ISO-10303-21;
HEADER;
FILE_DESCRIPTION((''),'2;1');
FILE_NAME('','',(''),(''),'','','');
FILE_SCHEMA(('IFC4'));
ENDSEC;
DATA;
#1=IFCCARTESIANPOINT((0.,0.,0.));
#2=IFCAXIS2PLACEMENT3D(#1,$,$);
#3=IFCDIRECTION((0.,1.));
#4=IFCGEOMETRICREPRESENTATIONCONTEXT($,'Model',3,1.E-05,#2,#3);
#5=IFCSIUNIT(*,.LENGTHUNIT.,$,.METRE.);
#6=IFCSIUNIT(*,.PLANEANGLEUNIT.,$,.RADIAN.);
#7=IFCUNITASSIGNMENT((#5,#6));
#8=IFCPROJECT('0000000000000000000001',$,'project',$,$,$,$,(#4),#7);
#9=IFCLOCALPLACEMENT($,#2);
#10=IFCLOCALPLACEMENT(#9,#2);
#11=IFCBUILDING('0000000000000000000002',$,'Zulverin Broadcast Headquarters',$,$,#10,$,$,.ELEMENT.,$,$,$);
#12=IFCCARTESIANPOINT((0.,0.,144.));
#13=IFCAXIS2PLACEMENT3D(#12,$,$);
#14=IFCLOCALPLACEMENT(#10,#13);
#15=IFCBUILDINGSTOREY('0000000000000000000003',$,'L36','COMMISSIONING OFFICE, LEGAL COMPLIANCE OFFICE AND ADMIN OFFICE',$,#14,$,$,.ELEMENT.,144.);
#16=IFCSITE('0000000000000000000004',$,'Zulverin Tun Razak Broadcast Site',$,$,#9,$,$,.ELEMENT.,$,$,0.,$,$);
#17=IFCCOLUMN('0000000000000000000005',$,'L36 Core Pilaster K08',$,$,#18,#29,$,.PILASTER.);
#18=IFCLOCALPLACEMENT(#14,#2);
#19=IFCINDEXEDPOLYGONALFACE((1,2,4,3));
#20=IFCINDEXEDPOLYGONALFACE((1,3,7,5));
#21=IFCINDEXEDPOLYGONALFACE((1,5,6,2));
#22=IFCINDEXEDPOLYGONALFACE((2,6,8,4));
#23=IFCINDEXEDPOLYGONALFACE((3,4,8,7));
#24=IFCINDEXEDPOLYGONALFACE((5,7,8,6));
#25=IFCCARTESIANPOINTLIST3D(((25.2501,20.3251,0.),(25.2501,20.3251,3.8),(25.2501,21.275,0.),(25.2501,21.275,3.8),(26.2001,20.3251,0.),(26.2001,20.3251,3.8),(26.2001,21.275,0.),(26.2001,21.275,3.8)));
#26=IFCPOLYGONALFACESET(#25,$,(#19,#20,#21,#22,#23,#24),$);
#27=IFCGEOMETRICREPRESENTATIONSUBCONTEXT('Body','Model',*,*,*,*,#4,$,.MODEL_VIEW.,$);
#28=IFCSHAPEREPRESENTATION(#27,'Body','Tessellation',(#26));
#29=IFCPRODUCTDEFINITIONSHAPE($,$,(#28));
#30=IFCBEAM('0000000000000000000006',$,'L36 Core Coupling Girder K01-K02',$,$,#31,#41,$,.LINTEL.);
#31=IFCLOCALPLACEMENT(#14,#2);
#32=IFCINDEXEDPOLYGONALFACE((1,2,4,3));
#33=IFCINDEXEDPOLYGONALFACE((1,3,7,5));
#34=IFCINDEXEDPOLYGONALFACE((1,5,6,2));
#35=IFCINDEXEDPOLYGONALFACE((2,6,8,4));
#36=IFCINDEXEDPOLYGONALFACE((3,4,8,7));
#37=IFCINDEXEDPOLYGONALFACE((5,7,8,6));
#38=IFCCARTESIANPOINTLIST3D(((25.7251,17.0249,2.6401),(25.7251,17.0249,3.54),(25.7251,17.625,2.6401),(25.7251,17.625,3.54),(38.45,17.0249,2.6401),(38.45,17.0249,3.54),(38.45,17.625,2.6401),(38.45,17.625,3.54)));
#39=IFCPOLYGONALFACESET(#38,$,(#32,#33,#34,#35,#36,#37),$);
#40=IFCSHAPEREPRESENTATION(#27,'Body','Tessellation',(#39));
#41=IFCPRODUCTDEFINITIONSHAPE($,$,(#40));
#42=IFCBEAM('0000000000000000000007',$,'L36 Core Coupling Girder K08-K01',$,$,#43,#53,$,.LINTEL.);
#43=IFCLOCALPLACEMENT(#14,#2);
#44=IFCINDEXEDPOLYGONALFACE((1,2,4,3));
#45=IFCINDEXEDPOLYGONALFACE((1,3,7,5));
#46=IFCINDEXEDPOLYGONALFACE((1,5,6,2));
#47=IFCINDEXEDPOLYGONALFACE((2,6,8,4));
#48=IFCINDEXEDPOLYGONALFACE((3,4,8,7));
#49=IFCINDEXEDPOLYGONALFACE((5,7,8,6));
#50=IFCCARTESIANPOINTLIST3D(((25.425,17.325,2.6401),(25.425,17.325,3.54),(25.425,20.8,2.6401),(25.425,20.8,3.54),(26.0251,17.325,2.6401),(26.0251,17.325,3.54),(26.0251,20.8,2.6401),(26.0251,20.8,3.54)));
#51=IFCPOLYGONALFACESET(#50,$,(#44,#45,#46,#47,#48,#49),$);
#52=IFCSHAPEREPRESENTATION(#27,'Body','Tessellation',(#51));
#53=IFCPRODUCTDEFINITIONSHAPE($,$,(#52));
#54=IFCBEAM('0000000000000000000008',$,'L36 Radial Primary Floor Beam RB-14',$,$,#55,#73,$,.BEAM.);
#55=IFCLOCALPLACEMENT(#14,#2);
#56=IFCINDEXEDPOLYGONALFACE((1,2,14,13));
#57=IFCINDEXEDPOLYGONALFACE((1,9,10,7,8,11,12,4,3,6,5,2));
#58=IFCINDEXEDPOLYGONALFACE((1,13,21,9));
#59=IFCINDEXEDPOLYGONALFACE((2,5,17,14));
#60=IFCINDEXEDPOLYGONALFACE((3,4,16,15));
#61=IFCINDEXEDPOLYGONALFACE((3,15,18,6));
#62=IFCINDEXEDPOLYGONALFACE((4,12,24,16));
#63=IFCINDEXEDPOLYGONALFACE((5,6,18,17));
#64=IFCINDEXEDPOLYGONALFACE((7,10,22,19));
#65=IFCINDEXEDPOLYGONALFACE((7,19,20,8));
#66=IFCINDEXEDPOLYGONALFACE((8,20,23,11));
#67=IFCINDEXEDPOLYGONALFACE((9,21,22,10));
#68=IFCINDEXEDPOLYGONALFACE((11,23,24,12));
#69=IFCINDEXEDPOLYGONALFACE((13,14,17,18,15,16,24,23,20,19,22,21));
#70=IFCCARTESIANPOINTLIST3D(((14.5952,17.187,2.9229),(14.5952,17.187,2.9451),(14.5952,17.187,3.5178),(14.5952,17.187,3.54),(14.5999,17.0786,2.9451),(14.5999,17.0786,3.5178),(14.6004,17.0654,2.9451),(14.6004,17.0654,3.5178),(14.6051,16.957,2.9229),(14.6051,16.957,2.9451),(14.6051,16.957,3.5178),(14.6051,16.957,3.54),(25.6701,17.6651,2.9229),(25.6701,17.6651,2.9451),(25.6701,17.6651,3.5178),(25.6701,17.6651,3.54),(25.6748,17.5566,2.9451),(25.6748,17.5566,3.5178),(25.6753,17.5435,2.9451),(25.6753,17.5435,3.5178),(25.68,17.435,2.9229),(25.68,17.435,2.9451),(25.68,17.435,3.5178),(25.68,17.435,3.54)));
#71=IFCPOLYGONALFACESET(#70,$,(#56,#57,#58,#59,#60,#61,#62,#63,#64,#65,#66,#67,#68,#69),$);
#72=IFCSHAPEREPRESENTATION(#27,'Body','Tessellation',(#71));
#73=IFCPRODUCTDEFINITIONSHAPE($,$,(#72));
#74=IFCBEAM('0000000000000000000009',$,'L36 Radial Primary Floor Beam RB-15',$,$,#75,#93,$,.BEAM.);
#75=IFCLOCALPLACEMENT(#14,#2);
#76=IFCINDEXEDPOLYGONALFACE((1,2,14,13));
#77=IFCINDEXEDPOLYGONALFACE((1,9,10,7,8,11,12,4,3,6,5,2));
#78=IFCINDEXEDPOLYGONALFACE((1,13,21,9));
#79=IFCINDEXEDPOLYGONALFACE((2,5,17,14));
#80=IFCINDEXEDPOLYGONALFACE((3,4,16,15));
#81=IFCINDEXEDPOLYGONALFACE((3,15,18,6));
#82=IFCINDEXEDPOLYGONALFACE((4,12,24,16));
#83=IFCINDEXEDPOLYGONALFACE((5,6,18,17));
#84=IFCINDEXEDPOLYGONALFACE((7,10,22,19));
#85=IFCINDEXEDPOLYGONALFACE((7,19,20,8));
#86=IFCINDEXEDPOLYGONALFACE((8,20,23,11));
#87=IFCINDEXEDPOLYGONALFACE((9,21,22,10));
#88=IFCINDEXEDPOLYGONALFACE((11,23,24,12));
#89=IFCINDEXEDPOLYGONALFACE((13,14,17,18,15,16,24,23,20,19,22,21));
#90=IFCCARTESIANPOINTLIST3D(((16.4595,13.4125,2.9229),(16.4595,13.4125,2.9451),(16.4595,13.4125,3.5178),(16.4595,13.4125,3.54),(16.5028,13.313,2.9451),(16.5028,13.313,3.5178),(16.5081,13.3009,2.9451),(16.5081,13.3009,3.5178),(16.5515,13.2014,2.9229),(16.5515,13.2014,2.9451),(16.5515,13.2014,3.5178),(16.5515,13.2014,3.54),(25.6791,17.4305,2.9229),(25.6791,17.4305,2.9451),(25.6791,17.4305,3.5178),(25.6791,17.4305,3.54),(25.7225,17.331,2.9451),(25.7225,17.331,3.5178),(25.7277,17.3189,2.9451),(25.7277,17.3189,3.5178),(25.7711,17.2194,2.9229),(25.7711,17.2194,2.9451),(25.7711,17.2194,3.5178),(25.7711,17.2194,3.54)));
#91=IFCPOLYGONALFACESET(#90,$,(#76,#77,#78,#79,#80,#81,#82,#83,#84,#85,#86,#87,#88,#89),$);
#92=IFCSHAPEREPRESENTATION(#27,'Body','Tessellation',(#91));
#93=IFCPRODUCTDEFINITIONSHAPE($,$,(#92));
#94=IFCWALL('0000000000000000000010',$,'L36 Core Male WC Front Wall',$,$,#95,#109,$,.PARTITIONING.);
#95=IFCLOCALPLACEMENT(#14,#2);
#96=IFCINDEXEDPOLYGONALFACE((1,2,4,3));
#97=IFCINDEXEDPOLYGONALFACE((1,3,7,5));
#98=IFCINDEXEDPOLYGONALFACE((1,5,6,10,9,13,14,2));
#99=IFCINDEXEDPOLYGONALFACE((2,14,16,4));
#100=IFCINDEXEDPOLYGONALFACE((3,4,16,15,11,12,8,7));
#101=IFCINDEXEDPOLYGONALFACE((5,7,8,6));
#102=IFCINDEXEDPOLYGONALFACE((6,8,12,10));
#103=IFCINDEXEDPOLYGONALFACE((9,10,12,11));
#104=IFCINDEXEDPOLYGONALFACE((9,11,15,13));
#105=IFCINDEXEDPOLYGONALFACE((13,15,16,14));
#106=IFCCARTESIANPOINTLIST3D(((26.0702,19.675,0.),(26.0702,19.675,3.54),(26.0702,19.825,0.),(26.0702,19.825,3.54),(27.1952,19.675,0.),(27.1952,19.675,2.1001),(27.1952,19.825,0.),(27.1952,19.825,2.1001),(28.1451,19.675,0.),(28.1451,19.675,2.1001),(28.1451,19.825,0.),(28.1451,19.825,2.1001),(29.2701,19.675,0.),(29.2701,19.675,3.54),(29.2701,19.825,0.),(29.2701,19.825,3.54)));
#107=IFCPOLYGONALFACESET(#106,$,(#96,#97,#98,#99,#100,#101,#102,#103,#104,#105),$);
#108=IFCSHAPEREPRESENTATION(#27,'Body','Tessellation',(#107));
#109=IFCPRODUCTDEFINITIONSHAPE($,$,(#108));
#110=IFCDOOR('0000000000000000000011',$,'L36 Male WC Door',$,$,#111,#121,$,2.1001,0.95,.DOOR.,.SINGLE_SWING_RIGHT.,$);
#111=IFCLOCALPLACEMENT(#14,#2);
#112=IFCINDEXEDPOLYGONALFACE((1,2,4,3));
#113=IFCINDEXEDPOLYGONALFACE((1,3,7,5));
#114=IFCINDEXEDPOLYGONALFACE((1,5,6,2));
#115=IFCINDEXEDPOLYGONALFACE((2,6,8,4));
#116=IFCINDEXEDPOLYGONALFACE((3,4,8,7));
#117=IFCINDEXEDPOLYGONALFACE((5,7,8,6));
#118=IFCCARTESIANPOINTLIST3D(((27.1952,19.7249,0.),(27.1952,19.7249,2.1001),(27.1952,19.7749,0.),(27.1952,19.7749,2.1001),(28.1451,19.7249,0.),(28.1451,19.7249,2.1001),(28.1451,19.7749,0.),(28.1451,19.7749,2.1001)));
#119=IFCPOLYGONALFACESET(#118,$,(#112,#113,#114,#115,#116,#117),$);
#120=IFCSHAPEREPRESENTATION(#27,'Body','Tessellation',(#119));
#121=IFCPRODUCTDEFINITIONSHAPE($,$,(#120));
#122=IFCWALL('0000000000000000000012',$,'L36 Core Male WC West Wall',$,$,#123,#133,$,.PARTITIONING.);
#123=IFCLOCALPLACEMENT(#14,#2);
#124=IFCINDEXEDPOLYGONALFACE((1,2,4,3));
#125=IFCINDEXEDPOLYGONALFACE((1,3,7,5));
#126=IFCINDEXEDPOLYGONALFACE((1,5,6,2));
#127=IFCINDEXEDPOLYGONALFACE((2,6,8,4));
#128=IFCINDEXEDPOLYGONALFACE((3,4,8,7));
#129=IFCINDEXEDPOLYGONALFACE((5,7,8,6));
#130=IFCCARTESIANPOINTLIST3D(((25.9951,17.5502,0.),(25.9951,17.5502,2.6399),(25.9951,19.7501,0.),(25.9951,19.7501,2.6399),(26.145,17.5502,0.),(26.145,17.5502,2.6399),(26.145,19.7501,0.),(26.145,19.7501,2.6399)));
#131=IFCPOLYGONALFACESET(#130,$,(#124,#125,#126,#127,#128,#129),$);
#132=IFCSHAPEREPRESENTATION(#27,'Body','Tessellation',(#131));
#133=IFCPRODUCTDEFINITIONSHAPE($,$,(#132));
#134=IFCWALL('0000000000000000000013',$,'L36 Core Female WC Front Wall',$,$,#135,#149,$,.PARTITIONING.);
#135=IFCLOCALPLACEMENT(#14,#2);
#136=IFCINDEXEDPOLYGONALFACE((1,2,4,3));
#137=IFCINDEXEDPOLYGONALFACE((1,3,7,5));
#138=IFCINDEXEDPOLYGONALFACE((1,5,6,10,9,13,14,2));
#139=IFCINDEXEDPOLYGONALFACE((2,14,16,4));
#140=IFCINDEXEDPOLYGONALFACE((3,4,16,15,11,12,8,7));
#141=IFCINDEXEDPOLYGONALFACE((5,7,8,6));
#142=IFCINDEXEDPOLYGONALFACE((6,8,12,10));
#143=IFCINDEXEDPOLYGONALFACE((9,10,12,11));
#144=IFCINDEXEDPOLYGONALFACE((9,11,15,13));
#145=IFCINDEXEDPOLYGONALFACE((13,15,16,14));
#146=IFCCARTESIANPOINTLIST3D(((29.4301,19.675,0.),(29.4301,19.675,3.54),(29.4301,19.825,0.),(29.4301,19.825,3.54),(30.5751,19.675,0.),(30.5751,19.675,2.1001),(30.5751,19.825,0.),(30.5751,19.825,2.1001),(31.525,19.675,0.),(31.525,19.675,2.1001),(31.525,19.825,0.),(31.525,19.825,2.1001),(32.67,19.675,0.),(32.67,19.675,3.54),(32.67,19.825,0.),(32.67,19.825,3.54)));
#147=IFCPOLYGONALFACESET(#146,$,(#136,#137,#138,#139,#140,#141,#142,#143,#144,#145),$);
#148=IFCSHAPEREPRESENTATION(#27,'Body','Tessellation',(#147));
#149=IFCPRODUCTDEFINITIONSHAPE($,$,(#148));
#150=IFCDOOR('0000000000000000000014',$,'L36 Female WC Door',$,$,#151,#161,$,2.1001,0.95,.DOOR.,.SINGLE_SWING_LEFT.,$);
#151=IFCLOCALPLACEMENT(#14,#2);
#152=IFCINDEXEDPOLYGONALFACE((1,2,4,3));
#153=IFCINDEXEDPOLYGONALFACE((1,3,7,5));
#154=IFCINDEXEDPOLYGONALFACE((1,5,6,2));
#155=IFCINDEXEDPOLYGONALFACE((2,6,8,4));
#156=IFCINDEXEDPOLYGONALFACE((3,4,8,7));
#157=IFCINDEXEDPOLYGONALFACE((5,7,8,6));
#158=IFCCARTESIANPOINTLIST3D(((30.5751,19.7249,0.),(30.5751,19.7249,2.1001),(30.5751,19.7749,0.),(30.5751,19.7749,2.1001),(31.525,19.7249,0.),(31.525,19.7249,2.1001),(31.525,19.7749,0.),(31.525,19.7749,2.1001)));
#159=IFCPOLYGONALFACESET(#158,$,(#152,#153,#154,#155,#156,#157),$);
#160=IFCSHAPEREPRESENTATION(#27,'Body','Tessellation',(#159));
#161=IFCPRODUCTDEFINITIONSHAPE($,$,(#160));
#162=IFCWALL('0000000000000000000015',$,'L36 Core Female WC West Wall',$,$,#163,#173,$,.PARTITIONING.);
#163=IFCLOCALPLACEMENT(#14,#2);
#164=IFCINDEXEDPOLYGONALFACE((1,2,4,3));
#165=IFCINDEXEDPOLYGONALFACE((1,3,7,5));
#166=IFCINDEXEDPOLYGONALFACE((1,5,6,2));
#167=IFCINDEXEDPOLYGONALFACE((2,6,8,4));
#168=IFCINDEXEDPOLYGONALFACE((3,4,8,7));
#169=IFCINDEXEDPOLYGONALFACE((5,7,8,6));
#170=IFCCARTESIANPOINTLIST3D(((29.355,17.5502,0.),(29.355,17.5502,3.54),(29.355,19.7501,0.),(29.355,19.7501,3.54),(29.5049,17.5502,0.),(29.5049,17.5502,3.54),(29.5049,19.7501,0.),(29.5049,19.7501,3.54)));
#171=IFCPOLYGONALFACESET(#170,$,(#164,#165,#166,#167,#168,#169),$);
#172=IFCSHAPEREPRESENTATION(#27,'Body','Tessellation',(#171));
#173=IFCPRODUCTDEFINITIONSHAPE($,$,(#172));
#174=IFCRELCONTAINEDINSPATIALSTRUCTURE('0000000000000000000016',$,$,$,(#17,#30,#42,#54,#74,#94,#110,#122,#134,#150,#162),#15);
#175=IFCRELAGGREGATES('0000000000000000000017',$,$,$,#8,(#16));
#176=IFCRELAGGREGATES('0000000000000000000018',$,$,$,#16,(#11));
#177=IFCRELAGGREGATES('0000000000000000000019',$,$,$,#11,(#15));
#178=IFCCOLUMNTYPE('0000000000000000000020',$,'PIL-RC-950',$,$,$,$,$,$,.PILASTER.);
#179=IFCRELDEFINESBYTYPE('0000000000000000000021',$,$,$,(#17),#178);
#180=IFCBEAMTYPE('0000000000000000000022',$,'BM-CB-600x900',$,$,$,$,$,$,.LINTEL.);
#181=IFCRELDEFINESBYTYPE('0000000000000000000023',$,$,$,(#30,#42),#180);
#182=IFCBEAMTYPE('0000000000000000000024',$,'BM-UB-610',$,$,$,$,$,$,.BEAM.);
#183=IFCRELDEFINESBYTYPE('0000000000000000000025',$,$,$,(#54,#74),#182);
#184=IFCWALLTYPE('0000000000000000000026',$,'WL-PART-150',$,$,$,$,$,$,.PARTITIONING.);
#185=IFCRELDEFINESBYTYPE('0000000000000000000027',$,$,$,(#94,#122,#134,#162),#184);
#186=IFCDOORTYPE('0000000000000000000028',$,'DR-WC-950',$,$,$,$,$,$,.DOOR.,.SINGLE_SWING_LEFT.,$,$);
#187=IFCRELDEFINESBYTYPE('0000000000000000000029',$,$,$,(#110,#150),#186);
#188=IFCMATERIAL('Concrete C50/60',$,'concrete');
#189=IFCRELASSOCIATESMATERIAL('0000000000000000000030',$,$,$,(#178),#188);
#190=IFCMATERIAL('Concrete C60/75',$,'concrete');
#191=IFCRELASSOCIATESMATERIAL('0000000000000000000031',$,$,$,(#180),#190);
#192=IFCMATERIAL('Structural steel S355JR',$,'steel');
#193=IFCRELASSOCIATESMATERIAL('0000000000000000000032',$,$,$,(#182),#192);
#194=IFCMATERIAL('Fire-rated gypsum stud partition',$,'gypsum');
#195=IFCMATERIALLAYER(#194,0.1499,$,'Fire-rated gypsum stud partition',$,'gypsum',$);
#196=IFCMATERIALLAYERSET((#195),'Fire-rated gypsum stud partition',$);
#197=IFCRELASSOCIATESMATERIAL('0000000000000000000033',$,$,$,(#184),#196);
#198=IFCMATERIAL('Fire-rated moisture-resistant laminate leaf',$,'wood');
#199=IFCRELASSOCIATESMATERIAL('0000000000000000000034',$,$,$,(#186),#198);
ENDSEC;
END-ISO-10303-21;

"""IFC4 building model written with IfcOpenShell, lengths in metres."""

from ifc_helpers import new_model, si_unit, direction, frame, frame_2d, origin, origin_2d, place, context, subcontext, project, spatial, rectangle, i_section, extrude, material, layer, layer_set, material_profile, profile_set, type_object, element, fill, save


model = new_model("IFC4")

# Units and contexts
model_context = context("Model", 3, precision=1e-05, world=origin(), true_north=direction((0.0, 1.0)))
body_context = subcontext(model_context, "Body", "Model", "MODEL_VIEW")
ifc_project = project(units=[si_unit("LENGTHUNIT", "METRE"), si_unit("PLANEANGLEUNIT", "RADIAN")], contexts=[model_context])

# Site, building, storey
site_placement = place(None, origin())
site = spatial("IfcSite", under=ifc_project, at=site_placement, Name="Zulverin Tun Razak Broadcast Site", CompositionType="ELEMENT", RefElevation=0.0)
building_placement = place(site_placement, origin())
building = spatial("IfcBuilding", under=site, at=building_placement, Name="Zulverin Broadcast Headquarters", CompositionType="ELEMENT")
storey_placement = place(building_placement, frame((0.0, 0.0, 144.0)))
storey = spatial("IfcBuildingStorey", under=building, at=storey_placement, Name="L36", Description="COMMISSIONING OFFICE, LEGAL COMPLIANCE OFFICE AND ADMIN OFFICE", CompositionType="ELEMENT", Elevation=144.0)

# Column
ifc_material_1 = material(Name="Concrete C50/60", Category="concrete")
ifc_material_profile_1 = material_profile(ifc_material_1, rectangle(XDim=0.95, YDim=0.95, at=origin_2d()), Name="Concrete C50/60", Category="concrete")
ifc_profile_set_1 = profile_set([ifc_material_profile_1], Name="Concrete C50/60")
column_type = type_object("IfcColumnType", Name="PIL-RC-950", PredefinedType="PILASTER", material=ifc_profile_set_1)
column_placement = place(storey_placement, frame((25.7251, 20.8, 0.0), z_axis=(0.0, 0.0, 1.0), x_axis=(1.0, 0.0, 0.0)))
element("IfcColumn", 1, at=column_placement, inside=storey, type_object=column_type, Name="L36 Core Pilaster K08", PredefinedType="PILASTER", context=body_context, shape_type="SweptSolid", body=[
    extrude(rectangle(XDim=0.95, YDim=0.95, at=origin_2d()), origin(), (0.0, 0.0, 1.0), 3.8),
])

# Beams
ifc_material_2 = material(Name="Concrete C60/75", Category="concrete")
ifc_material_profile_2 = material_profile(ifc_material_2, rectangle(XDim=0.6001, YDim=0.8999, at=origin_2d()), Name="Concrete C60/75", Category="concrete")
ifc_profile_set_2 = profile_set([ifc_material_profile_2], Name="Concrete C60/75")
beam_type_1 = type_object("IfcBeamType", Name="BM-CB-600x900", PredefinedType="LINTEL", material=ifc_profile_set_2)
beam_1_placement = place(storey_placement, frame((25.7251, 17.325, 3.0901), z_axis=(1.0, 0.0, 0.0), x_axis=(0.0, 1.0, 0.0)))
element("IfcBeam", 2, at=beam_1_placement, inside=storey, type_object=beam_type_1, Name="L36 Core Coupling Girder K01-K02", PredefinedType="LINTEL", context=body_context, shape_type="SweptSolid", body=[
    extrude(rectangle(XDim=0.6001, YDim=0.8999, at=origin_2d()), origin(), (0.0, 0.0, 1.0), 12.7249),
])
beam_2_placement = place(storey_placement, frame((25.7251, 20.8, 3.0901), z_axis=(0.0, -1.0, 0.0), x_axis=(1.0, 0.0, 0.0)))
element("IfcBeam", 3, at=beam_2_placement, inside=storey, type_object=beam_type_1, Name="L36 Core Coupling Girder K08-K01", PredefinedType="LINTEL", context=body_context, shape_type="SweptSolid", body=[
    extrude(rectangle(XDim=0.6001, YDim=0.8999, at=origin_2d()), origin(), (0.0, 0.0, 1.0), 3.4751),
])
ifc_material_3 = material(Name="Structural steel S355JR", Category="steel")
ifc_material_profile_3 = material_profile(ifc_material_3, i_section(OverallWidth=0.2302, OverallDepth=0.6172, WebThickness=0.0132, FlangeThickness=0.0222, at=origin_2d()), Name="Structural steel S355JR", Category="steel")
ifc_profile_set_3 = profile_set([ifc_material_profile_3], Name="Structural steel S355JR")
beam_type_2 = type_object("IfcBeamType", Name="BM-UB-610", PredefinedType="BEAM", material=ifc_profile_set_3)
beam_3_placement = place(storey_placement, frame((25.675, 17.55, 3.2314), z_axis=(-0.99907, -0.043123, 0.0), x_axis=(0.043123, -0.99907, 0.0)))
element("IfcBeam", 4, at=beam_3_placement, inside=storey, type_object=beam_type_2, Name="L36 Radial Primary Floor Beam RB-14", PredefinedType="BEAM", context=body_context, shape_type="SweptSolid", body=[
    extrude(i_section(OverallWidth=0.2302, OverallDepth=0.6172, WebThickness=0.0132, FlangeThickness=0.0222, at=origin_2d()), origin(), (0.0, 0.0, 1.0), 11.0852),
])
beam_4_placement = place(storey_placement, frame((25.7251, 17.325, 3.2314), z_axis=(-0.916725, -0.39952, 0.0), x_axis=(0.39952, -0.916725, 0.0)))
element("IfcBeam", 5, at=beam_4_placement, inside=storey, type_object=beam_type_2, Name="L36 Radial Primary Floor Beam RB-15", PredefinedType="BEAM", context=body_context, shape_type="SweptSolid", body=[
    extrude(i_section(OverallWidth=0.2302, OverallDepth=0.6172, WebThickness=0.0132, FlangeThickness=0.0222, at=origin_2d()), origin(), (0.0, 0.0, 1.0), 10.0571),
])

# Wall, opening, door
ifc_material_4 = material(Name="Fire-rated gypsum stud partition", Category="gypsum")
ifc_layer_1 = layer(ifc_material_4, 0.1499, Name="Fire-rated gypsum stud partition", Category="gypsum")
ifc_layer_set_1 = layer_set([ifc_layer_1], Name="Fire-rated gypsum stud partition")
wall_type_1 = type_object("IfcWallType", Name="WL-PART-150", PredefinedType="PARTITIONING", material=ifc_layer_set_1)
wall_1_placement = place(storey_placement, frame((26.0701, 19.75, 0.0), z_axis=(0.0, 0.0, 1.0), x_axis=(1.0, 0.0, 0.0)))
wall_1 = element("IfcWall", 6, at=wall_1_placement, inside=storey, type_object=wall_type_1, Name="L36 Core Male WC Front Wall", PredefinedType="PARTITIONING", context=body_context, shape_type="SweptSolid", body=[
    extrude(rectangle(XDim=3.2, YDim=0.1499, at=frame_2d((1.6001, 0.0))), origin(), (0.0, 0.0, 1.0), 3.54),
])
opening_1_placement = place(wall_1_placement, frame((1.125, 0.0, 0.0)))
opening_1 = element("IfcOpeningElement", 7, at=opening_1_placement, cuts=wall_1, PredefinedType="OPENING", context=body_context, shape_type="SweptSolid", body=[
    extrude(rectangle(XDim=0.95, YDim=2.1001, at=frame_2d((0.4751, 1.05))), frame((0.0, 0.085, 0.0), z_axis=(0.0, -1.0, 0.0), x_axis=(1.0, 0.0, 0.0)), (0.0, 0.0, 1.0), 0.1699),
])
ifc_material_5 = material(Name="Fire-rated moisture-resistant laminate leaf", Category="wood")
door_type_1 = type_object("IfcDoorType", Name="DR-WC-950", OperationType="SINGLE_SWING_LEFT", PredefinedType="DOOR", material=ifc_material_5)
door_1_placement = place(opening_1_placement, origin())
door_1 = element("IfcDoor", 8, at=door_1_placement, inside=storey, type_object=door_type_1, Name="L36 Male WC Door", OperationType="SINGLE_SWING_RIGHT", OverallHeight=2.1001, OverallWidth=0.95, PredefinedType="DOOR", context=body_context, shape_type="SweptSolid", body=[
    extrude(rectangle(XDim=0.95, YDim=2.1001, at=frame_2d((0.4751, 1.05))), frame((0.0, 0.0249, 0.0), z_axis=(0.0, -1.0, 0.0), x_axis=(1.0, 0.0, 0.0)), (0.0, 0.0, 1.0), 0.05),
])
fill(opening_1, door_1)

# Wall
wall_2_placement = place(storey_placement, frame((26.0701, 17.55, 0.0), z_axis=(0.0, 0.0, 1.0), x_axis=(0.0, 1.0, 0.0)))
element("IfcWall", 9, at=wall_2_placement, inside=storey, type_object=wall_type_1, Name="L36 Core Male WC West Wall", PredefinedType="PARTITIONING", context=body_context, shape_type="SweptSolid", body=[
    extrude(rectangle(XDim=2.2, YDim=0.1499, at=frame_2d((1.1001, 0.0))), origin(), (0.0, 0.0, 1.0), 2.6399),
])

# Wall, opening, door
wall_3_placement = place(storey_placement, frame((29.4299, 19.75, 0.0), z_axis=(0.0, 0.0, 1.0), x_axis=(1.0, 0.0, 0.0)))
wall_3 = element("IfcWall", 10, at=wall_3_placement, inside=storey, type_object=wall_type_1, Name="L36 Core Female WC Front Wall", PredefinedType="PARTITIONING", context=body_context, shape_type="SweptSolid", body=[
    extrude(rectangle(XDim=3.24, YDim=0.1499, at=frame_2d((1.6201, 0.0))), origin(), (0.0, 0.0, 1.0), 3.54),
])
opening_2_placement = place(wall_3_placement, frame((1.145, 0.0, 0.0)))
opening_2 = element("IfcOpeningElement", 11, at=opening_2_placement, cuts=wall_3, PredefinedType="OPENING", context=body_context, shape_type="SweptSolid", body=[
    extrude(rectangle(XDim=0.95, YDim=2.1001, at=frame_2d((0.4751, 1.05))), frame((0.0, 0.085, 0.0), z_axis=(0.0, -1.0, 0.0), x_axis=(1.0, 0.0, 0.0)), (0.0, 0.0, 1.0), 0.1699),
])
door_2_placement = place(opening_2_placement, origin())
door_2 = element("IfcDoor", 12, at=door_2_placement, inside=storey, type_object=door_type_1, Name="L36 Female WC Door", OperationType="SINGLE_SWING_LEFT", OverallHeight=2.1001, OverallWidth=0.95, PredefinedType="DOOR", context=body_context, shape_type="SweptSolid", body=[
    extrude(rectangle(XDim=0.95, YDim=2.1001, at=frame_2d((0.4751, 1.05))), frame((0.0, 0.0249, 0.0), z_axis=(0.0, -1.0, 0.0), x_axis=(1.0, 0.0, 0.0)), (0.0, 0.0, 1.0), 0.05),
])
fill(opening_2, door_2)

# Wall
wall_4_placement = place(storey_placement, frame((29.4299, 17.55, 0.0), z_axis=(0.0, 0.0, 1.0), x_axis=(0.0, 1.0, 0.0)))
element("IfcWall", 13, at=wall_4_placement, inside=storey, type_object=wall_type_1, Name="L36 Core Female WC West Wall", PredefinedType="PARTITIONING", context=body_context, shape_type="SweptSolid", body=[
    extrude(rectangle(XDim=2.2, YDim=0.1499, at=frame_2d((1.1001, 0.0))), origin(), (0.0, 0.0, 1.0), 3.54),
])

save(model, "model.ifc")
